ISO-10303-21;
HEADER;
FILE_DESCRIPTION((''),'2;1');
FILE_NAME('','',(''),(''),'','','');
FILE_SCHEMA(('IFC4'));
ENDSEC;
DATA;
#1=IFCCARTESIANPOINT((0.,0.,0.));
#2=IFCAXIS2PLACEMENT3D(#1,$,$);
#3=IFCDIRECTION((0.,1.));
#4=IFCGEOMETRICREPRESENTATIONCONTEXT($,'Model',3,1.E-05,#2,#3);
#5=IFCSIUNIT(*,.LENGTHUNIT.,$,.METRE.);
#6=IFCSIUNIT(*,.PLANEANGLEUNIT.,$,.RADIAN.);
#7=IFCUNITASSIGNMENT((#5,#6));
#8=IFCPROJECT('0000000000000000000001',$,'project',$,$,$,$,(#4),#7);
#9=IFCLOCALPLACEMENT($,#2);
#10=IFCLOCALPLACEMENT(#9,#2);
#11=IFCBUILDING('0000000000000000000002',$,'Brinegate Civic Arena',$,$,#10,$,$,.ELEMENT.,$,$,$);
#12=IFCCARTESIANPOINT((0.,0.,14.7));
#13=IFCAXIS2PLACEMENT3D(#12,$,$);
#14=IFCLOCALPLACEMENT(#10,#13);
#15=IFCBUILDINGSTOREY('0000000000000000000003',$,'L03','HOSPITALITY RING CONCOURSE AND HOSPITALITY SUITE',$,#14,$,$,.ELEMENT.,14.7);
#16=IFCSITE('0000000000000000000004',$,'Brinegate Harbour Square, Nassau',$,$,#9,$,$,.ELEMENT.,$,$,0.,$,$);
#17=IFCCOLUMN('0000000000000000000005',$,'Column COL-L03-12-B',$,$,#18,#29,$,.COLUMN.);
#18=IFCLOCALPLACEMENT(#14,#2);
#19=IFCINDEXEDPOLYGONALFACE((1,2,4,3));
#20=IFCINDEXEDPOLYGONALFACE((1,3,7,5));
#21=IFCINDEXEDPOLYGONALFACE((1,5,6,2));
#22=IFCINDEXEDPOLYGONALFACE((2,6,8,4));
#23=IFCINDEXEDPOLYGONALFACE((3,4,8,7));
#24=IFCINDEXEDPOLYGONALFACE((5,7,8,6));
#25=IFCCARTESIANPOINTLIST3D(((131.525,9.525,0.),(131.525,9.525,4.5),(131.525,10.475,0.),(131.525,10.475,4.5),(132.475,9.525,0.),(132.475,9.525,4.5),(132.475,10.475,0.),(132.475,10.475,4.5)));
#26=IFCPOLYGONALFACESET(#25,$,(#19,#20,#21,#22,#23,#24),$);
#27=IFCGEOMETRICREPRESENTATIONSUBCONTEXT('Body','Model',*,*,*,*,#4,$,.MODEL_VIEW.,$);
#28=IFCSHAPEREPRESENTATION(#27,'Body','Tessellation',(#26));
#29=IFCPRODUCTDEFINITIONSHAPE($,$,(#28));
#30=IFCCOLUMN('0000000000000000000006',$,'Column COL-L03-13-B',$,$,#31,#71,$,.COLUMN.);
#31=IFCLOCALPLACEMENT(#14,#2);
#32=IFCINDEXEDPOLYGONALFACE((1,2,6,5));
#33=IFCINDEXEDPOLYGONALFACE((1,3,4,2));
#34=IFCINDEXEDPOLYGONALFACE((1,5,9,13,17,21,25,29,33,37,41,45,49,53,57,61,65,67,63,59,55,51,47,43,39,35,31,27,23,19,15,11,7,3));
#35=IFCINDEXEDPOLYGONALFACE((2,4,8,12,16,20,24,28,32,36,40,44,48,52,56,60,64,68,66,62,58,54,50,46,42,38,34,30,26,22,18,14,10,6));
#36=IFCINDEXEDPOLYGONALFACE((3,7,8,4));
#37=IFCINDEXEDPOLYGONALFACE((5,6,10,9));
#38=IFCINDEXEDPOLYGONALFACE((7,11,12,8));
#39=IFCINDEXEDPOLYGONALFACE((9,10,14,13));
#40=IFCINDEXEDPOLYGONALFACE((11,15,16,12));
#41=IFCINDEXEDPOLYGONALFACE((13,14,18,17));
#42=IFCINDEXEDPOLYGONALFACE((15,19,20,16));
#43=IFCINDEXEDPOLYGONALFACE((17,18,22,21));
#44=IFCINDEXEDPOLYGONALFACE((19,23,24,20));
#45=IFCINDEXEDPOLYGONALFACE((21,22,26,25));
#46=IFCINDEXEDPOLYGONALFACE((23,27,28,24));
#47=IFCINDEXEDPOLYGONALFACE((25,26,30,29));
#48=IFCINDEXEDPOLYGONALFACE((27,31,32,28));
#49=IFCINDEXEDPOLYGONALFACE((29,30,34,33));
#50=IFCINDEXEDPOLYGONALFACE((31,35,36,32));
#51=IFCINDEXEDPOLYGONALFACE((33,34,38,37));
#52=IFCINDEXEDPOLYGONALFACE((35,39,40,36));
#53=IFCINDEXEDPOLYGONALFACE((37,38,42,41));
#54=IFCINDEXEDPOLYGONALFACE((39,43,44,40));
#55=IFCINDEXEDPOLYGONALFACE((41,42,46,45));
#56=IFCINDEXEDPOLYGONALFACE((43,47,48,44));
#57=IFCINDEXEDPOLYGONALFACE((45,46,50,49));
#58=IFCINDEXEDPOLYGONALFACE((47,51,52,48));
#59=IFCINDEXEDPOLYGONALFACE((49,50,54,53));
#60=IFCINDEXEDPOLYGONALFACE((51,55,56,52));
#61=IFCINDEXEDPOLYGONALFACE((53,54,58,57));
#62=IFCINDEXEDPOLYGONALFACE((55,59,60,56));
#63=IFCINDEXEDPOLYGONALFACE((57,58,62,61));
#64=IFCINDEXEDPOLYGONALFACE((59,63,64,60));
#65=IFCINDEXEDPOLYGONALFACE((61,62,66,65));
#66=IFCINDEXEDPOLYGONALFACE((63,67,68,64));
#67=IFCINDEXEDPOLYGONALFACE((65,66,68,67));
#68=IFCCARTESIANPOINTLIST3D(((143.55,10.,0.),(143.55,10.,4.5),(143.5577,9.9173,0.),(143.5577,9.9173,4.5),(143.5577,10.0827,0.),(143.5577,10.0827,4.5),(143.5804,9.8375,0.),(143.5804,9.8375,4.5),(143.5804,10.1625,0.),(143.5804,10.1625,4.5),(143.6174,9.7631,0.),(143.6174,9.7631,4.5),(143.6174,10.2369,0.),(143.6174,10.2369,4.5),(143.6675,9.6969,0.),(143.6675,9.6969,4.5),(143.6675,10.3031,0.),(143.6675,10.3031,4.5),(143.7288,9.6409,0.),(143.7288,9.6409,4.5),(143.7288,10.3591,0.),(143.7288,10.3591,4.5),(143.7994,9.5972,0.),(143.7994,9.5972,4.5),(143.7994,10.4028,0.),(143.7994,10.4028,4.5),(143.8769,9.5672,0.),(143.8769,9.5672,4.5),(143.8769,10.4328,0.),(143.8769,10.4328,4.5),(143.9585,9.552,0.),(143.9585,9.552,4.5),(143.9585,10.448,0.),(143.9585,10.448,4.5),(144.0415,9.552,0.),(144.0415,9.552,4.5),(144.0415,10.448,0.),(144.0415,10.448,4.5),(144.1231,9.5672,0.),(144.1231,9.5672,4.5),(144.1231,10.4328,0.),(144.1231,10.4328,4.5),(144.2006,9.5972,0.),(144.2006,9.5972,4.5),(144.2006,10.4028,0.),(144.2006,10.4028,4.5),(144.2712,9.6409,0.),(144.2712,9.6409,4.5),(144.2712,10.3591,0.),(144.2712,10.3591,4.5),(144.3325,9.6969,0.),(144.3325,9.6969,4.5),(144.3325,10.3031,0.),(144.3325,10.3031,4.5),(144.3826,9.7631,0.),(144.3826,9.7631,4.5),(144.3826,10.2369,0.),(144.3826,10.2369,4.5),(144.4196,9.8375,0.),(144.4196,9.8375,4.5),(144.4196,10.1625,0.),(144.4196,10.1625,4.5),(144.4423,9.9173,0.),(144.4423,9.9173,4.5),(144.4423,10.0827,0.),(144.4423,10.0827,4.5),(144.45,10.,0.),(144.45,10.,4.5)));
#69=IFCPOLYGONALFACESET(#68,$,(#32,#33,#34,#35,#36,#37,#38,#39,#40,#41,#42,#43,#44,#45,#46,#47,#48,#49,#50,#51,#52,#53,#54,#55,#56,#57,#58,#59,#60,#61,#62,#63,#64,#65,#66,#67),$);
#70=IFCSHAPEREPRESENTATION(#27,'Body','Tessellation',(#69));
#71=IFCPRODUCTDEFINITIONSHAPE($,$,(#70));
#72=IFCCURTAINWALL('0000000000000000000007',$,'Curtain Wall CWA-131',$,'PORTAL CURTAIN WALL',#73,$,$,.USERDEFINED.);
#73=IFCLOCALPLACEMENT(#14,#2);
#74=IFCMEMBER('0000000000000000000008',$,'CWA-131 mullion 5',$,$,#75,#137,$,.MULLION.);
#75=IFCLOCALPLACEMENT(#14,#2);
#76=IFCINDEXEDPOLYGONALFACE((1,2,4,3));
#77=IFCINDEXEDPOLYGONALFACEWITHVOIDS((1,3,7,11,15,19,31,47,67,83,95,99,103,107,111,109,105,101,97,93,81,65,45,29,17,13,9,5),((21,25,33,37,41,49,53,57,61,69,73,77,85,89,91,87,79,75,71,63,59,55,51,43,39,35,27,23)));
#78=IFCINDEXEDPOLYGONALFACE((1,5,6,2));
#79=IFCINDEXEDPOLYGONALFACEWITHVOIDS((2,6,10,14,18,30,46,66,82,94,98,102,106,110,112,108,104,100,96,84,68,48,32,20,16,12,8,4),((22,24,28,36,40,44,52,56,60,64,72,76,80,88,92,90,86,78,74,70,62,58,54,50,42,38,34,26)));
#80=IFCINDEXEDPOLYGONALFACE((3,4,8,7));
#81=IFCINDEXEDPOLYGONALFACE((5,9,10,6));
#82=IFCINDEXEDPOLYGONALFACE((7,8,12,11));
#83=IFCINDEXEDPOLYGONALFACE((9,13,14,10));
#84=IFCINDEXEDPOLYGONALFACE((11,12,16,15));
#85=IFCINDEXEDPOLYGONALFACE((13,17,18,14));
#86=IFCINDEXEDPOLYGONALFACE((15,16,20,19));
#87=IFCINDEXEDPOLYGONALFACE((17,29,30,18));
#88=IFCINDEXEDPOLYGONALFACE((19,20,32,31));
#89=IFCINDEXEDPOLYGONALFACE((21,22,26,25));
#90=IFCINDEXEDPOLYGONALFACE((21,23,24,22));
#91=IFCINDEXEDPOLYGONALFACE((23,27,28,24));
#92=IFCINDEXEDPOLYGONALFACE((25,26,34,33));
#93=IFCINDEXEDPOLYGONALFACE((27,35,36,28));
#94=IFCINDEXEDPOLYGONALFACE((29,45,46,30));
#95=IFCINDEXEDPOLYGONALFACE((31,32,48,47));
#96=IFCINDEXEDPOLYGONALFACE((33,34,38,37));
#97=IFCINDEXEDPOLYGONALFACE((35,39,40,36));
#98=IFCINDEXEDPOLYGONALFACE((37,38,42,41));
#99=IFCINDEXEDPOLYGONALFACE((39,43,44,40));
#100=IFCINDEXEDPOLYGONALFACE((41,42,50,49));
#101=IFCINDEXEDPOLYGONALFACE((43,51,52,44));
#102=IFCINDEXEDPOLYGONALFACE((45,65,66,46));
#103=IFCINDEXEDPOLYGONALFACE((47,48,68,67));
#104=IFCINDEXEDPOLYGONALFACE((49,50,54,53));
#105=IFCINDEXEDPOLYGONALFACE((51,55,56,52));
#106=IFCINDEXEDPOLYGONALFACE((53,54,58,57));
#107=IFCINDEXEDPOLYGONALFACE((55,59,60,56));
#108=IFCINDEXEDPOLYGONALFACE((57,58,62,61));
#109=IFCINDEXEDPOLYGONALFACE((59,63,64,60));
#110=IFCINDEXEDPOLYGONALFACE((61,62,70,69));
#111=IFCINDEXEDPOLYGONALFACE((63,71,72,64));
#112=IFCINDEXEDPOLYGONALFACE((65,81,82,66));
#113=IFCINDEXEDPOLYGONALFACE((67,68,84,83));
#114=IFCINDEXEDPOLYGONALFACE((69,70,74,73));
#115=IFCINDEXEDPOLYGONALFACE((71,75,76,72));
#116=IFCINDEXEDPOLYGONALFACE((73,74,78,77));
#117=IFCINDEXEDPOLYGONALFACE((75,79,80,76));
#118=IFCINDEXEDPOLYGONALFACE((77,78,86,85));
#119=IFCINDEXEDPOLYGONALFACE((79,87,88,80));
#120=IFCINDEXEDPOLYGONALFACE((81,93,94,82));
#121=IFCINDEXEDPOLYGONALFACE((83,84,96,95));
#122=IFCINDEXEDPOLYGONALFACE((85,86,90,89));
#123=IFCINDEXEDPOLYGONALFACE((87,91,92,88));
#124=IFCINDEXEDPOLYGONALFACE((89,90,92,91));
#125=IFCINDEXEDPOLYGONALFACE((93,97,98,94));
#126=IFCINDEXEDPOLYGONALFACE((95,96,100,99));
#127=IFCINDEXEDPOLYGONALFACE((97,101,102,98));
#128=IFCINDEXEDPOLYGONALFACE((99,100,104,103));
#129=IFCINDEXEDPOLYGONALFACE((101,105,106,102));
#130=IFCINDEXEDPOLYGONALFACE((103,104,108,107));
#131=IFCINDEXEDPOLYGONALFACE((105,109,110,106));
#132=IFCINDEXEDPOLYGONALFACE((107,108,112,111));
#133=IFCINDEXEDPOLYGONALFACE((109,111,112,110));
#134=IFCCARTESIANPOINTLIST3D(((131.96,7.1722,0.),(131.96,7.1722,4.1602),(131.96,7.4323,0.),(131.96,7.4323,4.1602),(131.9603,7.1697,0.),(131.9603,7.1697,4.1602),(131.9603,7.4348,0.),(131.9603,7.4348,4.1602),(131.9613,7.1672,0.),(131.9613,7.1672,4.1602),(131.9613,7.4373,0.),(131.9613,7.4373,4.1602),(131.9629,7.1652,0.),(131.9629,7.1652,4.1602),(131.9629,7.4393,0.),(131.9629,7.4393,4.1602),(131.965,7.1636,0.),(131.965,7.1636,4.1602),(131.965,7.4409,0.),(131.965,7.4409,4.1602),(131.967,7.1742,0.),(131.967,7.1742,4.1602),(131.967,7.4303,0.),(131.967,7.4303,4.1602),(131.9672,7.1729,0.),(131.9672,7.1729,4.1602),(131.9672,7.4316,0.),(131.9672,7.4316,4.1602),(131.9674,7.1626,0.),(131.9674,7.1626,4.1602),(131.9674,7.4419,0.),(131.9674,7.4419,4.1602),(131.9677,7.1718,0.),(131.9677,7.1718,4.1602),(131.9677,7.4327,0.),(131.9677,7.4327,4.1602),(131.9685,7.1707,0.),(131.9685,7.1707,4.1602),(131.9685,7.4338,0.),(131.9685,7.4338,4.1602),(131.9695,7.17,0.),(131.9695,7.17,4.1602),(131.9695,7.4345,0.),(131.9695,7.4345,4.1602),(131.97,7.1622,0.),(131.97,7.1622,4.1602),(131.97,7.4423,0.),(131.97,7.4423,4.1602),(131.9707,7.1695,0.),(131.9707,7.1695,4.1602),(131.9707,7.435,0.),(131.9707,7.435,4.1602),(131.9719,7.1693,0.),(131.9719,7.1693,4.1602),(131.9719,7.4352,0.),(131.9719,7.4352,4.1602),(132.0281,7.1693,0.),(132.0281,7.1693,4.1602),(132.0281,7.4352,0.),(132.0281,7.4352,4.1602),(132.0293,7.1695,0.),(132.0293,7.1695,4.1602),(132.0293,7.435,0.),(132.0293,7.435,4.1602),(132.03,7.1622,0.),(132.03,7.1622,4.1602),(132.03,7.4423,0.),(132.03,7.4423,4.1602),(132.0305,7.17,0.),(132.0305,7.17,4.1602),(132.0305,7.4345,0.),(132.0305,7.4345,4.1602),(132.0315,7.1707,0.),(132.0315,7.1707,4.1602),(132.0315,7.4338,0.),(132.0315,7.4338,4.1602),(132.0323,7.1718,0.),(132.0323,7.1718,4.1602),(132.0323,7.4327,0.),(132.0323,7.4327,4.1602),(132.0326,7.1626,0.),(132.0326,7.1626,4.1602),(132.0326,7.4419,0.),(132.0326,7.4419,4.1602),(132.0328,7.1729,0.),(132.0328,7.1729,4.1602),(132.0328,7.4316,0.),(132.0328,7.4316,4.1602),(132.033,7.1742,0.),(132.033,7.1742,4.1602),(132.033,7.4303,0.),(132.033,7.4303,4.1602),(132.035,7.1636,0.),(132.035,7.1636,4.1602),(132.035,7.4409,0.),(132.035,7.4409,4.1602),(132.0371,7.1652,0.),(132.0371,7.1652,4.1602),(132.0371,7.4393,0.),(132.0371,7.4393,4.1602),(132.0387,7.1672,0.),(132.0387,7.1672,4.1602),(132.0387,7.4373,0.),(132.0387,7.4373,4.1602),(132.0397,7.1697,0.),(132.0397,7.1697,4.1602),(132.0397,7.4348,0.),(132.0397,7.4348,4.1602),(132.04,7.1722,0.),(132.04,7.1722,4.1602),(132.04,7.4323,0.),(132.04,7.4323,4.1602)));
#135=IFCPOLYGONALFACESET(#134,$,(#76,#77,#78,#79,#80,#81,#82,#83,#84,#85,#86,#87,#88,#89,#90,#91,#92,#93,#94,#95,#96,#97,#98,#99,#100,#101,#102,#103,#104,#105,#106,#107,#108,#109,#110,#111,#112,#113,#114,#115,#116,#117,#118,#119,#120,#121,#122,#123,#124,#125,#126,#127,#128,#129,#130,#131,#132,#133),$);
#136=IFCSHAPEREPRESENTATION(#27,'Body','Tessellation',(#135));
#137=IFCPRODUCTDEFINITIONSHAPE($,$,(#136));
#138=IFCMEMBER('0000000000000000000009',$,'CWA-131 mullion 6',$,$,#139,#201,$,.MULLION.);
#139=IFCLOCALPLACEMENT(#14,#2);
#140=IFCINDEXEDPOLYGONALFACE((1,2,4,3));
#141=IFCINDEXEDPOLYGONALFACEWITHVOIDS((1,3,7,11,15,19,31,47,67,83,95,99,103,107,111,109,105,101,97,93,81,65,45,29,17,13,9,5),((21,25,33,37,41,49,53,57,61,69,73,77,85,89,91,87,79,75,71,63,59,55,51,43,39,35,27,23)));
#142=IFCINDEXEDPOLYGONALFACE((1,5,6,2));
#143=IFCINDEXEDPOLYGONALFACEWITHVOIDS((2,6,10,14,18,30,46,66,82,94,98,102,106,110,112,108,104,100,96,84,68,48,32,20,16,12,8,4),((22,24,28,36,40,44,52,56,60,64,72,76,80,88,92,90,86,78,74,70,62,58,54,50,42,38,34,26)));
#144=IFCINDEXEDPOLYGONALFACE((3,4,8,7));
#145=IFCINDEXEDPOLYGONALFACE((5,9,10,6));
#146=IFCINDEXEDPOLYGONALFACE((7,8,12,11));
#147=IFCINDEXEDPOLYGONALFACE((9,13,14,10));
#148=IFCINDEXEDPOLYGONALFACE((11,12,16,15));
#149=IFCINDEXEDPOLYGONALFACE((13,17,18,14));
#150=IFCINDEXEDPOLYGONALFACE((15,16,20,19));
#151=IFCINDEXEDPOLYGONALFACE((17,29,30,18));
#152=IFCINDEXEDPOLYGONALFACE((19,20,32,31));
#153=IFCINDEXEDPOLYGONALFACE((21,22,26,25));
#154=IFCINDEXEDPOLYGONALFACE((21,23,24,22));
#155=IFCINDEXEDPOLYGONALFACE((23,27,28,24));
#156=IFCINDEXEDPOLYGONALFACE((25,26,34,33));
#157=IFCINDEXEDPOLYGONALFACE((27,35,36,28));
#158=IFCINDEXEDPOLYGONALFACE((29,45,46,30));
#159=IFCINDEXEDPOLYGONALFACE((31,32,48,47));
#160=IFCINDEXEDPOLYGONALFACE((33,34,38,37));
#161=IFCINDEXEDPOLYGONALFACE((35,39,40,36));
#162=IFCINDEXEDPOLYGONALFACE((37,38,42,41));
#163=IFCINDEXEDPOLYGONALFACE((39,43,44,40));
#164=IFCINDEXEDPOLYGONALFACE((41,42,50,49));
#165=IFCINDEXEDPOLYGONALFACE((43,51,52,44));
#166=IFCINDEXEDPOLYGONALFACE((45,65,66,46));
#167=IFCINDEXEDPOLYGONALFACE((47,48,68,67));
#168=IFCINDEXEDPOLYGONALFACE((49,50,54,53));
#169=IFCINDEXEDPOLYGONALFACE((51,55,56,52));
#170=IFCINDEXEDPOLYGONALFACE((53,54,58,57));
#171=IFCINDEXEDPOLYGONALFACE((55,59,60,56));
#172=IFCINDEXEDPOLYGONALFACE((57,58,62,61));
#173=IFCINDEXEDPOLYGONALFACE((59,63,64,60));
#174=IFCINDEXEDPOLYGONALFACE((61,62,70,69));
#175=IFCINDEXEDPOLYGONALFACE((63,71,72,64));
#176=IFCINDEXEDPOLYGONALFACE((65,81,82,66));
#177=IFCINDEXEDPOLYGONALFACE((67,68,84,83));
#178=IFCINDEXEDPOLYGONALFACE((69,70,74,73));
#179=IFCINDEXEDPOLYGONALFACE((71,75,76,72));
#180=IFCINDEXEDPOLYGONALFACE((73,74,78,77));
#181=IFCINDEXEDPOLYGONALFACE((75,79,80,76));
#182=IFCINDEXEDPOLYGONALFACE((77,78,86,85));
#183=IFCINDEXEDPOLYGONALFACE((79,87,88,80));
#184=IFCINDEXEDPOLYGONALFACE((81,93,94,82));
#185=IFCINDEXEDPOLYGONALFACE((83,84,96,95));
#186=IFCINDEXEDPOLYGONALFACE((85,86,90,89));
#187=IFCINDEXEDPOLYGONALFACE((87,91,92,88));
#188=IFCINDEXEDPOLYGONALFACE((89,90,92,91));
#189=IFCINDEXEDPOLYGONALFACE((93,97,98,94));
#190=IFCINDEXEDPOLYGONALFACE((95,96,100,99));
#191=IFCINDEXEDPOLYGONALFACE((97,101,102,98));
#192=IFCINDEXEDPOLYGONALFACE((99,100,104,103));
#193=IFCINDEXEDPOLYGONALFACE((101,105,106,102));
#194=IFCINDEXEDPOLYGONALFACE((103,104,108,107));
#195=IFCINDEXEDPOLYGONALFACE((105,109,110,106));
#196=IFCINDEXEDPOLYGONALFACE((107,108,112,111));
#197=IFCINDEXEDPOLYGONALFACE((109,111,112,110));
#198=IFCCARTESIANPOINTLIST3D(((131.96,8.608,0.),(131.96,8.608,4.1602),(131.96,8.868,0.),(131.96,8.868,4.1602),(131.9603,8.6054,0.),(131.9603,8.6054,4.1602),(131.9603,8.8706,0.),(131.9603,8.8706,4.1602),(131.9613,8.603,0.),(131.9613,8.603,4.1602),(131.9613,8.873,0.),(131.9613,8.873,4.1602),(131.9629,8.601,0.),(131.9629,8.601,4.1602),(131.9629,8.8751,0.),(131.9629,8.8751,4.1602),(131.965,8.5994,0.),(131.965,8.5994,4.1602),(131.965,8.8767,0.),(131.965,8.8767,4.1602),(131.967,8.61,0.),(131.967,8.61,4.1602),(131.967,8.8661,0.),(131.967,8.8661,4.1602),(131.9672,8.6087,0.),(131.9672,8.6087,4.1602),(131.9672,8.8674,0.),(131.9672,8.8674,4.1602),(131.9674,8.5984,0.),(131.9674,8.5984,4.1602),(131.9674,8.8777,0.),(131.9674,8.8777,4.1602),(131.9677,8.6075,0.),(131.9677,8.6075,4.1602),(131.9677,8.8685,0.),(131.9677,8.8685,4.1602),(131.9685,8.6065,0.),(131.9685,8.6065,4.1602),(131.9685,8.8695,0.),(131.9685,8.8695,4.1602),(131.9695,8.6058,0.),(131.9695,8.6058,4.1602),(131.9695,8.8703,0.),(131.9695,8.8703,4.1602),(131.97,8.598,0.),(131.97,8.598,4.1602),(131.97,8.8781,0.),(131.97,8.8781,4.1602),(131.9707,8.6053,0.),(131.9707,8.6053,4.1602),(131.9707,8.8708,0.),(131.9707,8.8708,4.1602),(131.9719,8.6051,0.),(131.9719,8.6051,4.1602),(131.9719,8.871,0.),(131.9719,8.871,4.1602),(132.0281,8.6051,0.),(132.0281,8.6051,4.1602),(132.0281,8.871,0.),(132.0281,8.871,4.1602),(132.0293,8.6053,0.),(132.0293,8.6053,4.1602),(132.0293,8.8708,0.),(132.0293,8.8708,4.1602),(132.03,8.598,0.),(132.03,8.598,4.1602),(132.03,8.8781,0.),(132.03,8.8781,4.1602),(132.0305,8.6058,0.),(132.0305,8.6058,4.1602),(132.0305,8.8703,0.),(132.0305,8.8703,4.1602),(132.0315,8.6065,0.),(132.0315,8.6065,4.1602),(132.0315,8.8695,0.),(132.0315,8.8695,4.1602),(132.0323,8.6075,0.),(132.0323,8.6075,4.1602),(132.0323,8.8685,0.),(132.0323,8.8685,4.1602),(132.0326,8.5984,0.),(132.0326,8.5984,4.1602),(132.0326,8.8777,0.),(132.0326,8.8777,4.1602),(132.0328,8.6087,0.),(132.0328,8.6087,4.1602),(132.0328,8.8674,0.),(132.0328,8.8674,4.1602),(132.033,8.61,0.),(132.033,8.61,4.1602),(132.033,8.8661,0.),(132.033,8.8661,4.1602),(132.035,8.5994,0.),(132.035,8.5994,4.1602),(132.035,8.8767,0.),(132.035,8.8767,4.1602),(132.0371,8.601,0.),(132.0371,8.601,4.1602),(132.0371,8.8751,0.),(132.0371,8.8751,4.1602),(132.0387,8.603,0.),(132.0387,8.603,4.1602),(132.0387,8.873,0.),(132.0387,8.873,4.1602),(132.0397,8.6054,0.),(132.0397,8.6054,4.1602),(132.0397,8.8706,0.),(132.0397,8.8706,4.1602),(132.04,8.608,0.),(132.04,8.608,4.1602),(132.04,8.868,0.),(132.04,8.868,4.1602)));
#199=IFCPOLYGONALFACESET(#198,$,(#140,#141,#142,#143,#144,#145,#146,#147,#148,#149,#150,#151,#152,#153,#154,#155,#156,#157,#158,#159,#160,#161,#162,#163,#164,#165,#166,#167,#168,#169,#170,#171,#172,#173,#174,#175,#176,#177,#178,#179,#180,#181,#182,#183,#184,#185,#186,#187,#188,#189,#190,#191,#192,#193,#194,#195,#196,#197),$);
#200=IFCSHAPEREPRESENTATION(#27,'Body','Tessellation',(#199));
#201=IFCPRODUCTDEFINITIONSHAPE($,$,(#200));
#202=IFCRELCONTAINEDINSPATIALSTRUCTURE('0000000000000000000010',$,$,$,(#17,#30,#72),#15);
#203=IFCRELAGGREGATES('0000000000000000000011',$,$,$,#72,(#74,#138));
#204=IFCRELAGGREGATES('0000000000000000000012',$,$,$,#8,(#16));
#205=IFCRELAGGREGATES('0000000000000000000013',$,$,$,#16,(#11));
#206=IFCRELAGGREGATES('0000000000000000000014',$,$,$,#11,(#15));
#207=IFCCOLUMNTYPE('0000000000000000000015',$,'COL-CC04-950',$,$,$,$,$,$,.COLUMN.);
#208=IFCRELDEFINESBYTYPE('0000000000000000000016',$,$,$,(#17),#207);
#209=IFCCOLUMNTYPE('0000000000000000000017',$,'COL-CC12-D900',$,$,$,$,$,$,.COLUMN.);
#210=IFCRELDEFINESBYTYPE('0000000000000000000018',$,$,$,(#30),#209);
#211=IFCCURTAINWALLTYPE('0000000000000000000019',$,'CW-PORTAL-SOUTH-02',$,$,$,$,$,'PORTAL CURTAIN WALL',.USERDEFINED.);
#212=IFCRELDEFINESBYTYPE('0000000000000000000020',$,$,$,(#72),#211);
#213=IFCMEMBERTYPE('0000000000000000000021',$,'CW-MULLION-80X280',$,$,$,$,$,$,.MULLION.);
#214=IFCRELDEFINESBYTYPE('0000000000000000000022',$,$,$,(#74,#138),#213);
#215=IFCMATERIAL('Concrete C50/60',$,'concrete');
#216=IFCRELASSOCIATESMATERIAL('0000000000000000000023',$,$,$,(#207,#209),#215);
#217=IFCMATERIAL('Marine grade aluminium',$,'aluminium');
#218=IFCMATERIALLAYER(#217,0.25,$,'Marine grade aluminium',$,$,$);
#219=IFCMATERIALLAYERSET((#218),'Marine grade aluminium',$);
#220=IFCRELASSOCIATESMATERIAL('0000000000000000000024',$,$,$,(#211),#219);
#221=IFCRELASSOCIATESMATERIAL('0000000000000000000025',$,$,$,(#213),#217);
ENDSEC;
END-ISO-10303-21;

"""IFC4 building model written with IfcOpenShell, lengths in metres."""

from ifc_helpers import new_model, si_unit, direction, frame, origin, origin_2d, place, context, subcontext, project, spatial, rectangle, hollow_rectangle, circle, extrude, material, layer, layer_set, material_profile, profile_set, type_object, element, aggregate, save


model = new_model("IFC4")

# Units and contexts
model_context = context("Model", 3, precision=1e-05, world=origin(), true_north=direction((0.0, 1.0)))
body_context = subcontext(model_context, "Body", "Model", "MODEL_VIEW")
ifc_project = project(units=[si_unit("LENGTHUNIT", "METRE"), si_unit("PLANEANGLEUNIT", "RADIAN")], contexts=[model_context])

# Site, building, storey
site_placement = place(None, origin())
site = spatial("IfcSite", under=ifc_project, at=site_placement, Name="Brinegate Harbour Square, Nassau", CompositionType="ELEMENT", RefElevation=0.0)
building_placement = place(site_placement, origin())
building = spatial("IfcBuilding", under=site, at=building_placement, Name="Brinegate Civic Arena", CompositionType="ELEMENT")
storey_placement = place(building_placement, frame((0.0, 0.0, 14.7)))
storey = spatial("IfcBuildingStorey", under=building, at=storey_placement, Name="L03", Description="HOSPITALITY RING CONCOURSE AND HOSPITALITY SUITE", CompositionType="ELEMENT", Elevation=14.7)

# Columns
ifc_material_1 = material(Name="Concrete C50/60", Category="concrete")
ifc_material_profile_1 = material_profile(ifc_material_1, rectangle(XDim=0.95, YDim=0.95, at=origin_2d()), Name="RC950X950")
ifc_profile_set_1 = profile_set([ifc_material_profile_1], Name="Concrete C50/60")
column_type_1 = type_object("IfcColumnType", Name="COL-CC04-950", PredefinedType="COLUMN", material=ifc_profile_set_1)
column_1_placement = place(storey_placement, frame((132.0, 10.0, 0.0), z_axis=(0.0, 0.0, 1.0), x_axis=(1.0, 0.0, 0.0)))
element("IfcColumn", 1, at=column_1_placement, inside=storey, type_object=column_type_1, Name="Column COL-L03-12-B", PredefinedType="COLUMN", context=body_context, shape_type="SweptSolid", body=[
    extrude(rectangle(XDim=0.95, YDim=0.95, at=origin_2d()), origin(), (0.0, 0.0, 1.0), 4.5),
])
ifc_material_profile_2 = material_profile(ifc_material_1, circle(Radius=0.45, at=origin_2d()), Name="RCD900")
ifc_profile_set_2 = profile_set([ifc_material_profile_2], Name="Concrete C50/60")
column_type_2 = type_object("IfcColumnType", Name="COL-CC12-D900", PredefinedType="COLUMN", material=ifc_profile_set_2)
column_2_placement = place(storey_placement, frame((144.0, 10.0, 0.0), z_axis=(0.0, 0.0, 1.0), x_axis=(1.0, 0.0, 0.0)))
element("IfcColumn", 2, at=column_2_placement, inside=storey, type_object=column_type_2, Name="Column COL-L03-13-B", PredefinedType="COLUMN", context=body_context, shape_type="SweptSolid", body=[
    extrude(circle(Radius=0.45, at=origin_2d()), origin(), (0.0, 0.0, 1.0), 4.5),
])

# Curtain wall, members
ifc_material_2 = material(Name="Marine grade aluminium", Category="aluminium")
ifc_layer_1 = layer(ifc_material_2, 0.25, Name="Marine grade aluminium")
ifc_layer_set_1 = layer_set([ifc_layer_1], Name="Marine grade aluminium")
curtain_wall_type_1 = type_object("IfcCurtainWallType", Name="CW-PORTAL-SOUTH-02", ElementType="PORTAL CURTAIN WALL", PredefinedType="USERDEFINED", material=ifc_layer_set_1)
curtain_wall_1_placement = place(storey_placement, origin())
curtain_wall_1 = element("IfcCurtainWall", 3, at=curtain_wall_1_placement, inside=storey, type_object=curtain_wall_type_1, Name="Curtain Wall CWA-131", ObjectType="PORTAL CURTAIN WALL", PredefinedType="USERDEFINED")
ifc_material_profile_3 = material_profile(ifc_material_2, hollow_rectangle(XDim=0.0801, YDim=0.28, WallThickness=0.0071, InnerFilletRadius=0.0049, OuterFilletRadius=0.01, at=origin_2d()), Name="MUL80X280")
ifc_profile_set_3 = profile_set([ifc_material_profile_3], Name="Marine grade aluminium")
member_type_1 = type_object("IfcMemberType", Name="CW-MULLION-80X280", PredefinedType="MULLION", material=ifc_profile_set_3)
member_1_placement = place(storey_placement, frame((132.0, 7.3022, 0.0), z_axis=(0.0, 0.0, 1.0), x_axis=(-1.0, 0.0, 0.0)))
member_1 = element("IfcMember", 4, at=member_1_placement, type_object=member_type_1, Name="CWA-131 mullion 5", PredefinedType="MULLION", context=body_context, shape_type="SweptSolid", body=[
    extrude(hollow_rectangle(XDim=0.0801, YDim=0.28, WallThickness=0.0071, InnerFilletRadius=0.0049, OuterFilletRadius=0.01, at=origin_2d()), origin(), (0.0, 0.0, 1.0), 4.1602),
])
member_2_placement = place(storey_placement, frame((132.0, 8.738, 0.0), z_axis=(0.0, 0.0, 1.0), x_axis=(-1.0, 0.0, 0.0)))
member_2 = element("IfcMember", 5, at=member_2_placement, type_object=member_type_1, Name="CWA-131 mullion 6", PredefinedType="MULLION", context=body_context, shape_type="SweptSolid", body=[
    extrude(hollow_rectangle(XDim=0.0801, YDim=0.28, WallThickness=0.0071, InnerFilletRadius=0.0049, OuterFilletRadius=0.01, at=origin_2d()), origin(), (0.0, 0.0, 1.0), 4.1602),
])

aggregate(curtain_wall_1, [member_1, member_2])

save(model, "model.ifc")
